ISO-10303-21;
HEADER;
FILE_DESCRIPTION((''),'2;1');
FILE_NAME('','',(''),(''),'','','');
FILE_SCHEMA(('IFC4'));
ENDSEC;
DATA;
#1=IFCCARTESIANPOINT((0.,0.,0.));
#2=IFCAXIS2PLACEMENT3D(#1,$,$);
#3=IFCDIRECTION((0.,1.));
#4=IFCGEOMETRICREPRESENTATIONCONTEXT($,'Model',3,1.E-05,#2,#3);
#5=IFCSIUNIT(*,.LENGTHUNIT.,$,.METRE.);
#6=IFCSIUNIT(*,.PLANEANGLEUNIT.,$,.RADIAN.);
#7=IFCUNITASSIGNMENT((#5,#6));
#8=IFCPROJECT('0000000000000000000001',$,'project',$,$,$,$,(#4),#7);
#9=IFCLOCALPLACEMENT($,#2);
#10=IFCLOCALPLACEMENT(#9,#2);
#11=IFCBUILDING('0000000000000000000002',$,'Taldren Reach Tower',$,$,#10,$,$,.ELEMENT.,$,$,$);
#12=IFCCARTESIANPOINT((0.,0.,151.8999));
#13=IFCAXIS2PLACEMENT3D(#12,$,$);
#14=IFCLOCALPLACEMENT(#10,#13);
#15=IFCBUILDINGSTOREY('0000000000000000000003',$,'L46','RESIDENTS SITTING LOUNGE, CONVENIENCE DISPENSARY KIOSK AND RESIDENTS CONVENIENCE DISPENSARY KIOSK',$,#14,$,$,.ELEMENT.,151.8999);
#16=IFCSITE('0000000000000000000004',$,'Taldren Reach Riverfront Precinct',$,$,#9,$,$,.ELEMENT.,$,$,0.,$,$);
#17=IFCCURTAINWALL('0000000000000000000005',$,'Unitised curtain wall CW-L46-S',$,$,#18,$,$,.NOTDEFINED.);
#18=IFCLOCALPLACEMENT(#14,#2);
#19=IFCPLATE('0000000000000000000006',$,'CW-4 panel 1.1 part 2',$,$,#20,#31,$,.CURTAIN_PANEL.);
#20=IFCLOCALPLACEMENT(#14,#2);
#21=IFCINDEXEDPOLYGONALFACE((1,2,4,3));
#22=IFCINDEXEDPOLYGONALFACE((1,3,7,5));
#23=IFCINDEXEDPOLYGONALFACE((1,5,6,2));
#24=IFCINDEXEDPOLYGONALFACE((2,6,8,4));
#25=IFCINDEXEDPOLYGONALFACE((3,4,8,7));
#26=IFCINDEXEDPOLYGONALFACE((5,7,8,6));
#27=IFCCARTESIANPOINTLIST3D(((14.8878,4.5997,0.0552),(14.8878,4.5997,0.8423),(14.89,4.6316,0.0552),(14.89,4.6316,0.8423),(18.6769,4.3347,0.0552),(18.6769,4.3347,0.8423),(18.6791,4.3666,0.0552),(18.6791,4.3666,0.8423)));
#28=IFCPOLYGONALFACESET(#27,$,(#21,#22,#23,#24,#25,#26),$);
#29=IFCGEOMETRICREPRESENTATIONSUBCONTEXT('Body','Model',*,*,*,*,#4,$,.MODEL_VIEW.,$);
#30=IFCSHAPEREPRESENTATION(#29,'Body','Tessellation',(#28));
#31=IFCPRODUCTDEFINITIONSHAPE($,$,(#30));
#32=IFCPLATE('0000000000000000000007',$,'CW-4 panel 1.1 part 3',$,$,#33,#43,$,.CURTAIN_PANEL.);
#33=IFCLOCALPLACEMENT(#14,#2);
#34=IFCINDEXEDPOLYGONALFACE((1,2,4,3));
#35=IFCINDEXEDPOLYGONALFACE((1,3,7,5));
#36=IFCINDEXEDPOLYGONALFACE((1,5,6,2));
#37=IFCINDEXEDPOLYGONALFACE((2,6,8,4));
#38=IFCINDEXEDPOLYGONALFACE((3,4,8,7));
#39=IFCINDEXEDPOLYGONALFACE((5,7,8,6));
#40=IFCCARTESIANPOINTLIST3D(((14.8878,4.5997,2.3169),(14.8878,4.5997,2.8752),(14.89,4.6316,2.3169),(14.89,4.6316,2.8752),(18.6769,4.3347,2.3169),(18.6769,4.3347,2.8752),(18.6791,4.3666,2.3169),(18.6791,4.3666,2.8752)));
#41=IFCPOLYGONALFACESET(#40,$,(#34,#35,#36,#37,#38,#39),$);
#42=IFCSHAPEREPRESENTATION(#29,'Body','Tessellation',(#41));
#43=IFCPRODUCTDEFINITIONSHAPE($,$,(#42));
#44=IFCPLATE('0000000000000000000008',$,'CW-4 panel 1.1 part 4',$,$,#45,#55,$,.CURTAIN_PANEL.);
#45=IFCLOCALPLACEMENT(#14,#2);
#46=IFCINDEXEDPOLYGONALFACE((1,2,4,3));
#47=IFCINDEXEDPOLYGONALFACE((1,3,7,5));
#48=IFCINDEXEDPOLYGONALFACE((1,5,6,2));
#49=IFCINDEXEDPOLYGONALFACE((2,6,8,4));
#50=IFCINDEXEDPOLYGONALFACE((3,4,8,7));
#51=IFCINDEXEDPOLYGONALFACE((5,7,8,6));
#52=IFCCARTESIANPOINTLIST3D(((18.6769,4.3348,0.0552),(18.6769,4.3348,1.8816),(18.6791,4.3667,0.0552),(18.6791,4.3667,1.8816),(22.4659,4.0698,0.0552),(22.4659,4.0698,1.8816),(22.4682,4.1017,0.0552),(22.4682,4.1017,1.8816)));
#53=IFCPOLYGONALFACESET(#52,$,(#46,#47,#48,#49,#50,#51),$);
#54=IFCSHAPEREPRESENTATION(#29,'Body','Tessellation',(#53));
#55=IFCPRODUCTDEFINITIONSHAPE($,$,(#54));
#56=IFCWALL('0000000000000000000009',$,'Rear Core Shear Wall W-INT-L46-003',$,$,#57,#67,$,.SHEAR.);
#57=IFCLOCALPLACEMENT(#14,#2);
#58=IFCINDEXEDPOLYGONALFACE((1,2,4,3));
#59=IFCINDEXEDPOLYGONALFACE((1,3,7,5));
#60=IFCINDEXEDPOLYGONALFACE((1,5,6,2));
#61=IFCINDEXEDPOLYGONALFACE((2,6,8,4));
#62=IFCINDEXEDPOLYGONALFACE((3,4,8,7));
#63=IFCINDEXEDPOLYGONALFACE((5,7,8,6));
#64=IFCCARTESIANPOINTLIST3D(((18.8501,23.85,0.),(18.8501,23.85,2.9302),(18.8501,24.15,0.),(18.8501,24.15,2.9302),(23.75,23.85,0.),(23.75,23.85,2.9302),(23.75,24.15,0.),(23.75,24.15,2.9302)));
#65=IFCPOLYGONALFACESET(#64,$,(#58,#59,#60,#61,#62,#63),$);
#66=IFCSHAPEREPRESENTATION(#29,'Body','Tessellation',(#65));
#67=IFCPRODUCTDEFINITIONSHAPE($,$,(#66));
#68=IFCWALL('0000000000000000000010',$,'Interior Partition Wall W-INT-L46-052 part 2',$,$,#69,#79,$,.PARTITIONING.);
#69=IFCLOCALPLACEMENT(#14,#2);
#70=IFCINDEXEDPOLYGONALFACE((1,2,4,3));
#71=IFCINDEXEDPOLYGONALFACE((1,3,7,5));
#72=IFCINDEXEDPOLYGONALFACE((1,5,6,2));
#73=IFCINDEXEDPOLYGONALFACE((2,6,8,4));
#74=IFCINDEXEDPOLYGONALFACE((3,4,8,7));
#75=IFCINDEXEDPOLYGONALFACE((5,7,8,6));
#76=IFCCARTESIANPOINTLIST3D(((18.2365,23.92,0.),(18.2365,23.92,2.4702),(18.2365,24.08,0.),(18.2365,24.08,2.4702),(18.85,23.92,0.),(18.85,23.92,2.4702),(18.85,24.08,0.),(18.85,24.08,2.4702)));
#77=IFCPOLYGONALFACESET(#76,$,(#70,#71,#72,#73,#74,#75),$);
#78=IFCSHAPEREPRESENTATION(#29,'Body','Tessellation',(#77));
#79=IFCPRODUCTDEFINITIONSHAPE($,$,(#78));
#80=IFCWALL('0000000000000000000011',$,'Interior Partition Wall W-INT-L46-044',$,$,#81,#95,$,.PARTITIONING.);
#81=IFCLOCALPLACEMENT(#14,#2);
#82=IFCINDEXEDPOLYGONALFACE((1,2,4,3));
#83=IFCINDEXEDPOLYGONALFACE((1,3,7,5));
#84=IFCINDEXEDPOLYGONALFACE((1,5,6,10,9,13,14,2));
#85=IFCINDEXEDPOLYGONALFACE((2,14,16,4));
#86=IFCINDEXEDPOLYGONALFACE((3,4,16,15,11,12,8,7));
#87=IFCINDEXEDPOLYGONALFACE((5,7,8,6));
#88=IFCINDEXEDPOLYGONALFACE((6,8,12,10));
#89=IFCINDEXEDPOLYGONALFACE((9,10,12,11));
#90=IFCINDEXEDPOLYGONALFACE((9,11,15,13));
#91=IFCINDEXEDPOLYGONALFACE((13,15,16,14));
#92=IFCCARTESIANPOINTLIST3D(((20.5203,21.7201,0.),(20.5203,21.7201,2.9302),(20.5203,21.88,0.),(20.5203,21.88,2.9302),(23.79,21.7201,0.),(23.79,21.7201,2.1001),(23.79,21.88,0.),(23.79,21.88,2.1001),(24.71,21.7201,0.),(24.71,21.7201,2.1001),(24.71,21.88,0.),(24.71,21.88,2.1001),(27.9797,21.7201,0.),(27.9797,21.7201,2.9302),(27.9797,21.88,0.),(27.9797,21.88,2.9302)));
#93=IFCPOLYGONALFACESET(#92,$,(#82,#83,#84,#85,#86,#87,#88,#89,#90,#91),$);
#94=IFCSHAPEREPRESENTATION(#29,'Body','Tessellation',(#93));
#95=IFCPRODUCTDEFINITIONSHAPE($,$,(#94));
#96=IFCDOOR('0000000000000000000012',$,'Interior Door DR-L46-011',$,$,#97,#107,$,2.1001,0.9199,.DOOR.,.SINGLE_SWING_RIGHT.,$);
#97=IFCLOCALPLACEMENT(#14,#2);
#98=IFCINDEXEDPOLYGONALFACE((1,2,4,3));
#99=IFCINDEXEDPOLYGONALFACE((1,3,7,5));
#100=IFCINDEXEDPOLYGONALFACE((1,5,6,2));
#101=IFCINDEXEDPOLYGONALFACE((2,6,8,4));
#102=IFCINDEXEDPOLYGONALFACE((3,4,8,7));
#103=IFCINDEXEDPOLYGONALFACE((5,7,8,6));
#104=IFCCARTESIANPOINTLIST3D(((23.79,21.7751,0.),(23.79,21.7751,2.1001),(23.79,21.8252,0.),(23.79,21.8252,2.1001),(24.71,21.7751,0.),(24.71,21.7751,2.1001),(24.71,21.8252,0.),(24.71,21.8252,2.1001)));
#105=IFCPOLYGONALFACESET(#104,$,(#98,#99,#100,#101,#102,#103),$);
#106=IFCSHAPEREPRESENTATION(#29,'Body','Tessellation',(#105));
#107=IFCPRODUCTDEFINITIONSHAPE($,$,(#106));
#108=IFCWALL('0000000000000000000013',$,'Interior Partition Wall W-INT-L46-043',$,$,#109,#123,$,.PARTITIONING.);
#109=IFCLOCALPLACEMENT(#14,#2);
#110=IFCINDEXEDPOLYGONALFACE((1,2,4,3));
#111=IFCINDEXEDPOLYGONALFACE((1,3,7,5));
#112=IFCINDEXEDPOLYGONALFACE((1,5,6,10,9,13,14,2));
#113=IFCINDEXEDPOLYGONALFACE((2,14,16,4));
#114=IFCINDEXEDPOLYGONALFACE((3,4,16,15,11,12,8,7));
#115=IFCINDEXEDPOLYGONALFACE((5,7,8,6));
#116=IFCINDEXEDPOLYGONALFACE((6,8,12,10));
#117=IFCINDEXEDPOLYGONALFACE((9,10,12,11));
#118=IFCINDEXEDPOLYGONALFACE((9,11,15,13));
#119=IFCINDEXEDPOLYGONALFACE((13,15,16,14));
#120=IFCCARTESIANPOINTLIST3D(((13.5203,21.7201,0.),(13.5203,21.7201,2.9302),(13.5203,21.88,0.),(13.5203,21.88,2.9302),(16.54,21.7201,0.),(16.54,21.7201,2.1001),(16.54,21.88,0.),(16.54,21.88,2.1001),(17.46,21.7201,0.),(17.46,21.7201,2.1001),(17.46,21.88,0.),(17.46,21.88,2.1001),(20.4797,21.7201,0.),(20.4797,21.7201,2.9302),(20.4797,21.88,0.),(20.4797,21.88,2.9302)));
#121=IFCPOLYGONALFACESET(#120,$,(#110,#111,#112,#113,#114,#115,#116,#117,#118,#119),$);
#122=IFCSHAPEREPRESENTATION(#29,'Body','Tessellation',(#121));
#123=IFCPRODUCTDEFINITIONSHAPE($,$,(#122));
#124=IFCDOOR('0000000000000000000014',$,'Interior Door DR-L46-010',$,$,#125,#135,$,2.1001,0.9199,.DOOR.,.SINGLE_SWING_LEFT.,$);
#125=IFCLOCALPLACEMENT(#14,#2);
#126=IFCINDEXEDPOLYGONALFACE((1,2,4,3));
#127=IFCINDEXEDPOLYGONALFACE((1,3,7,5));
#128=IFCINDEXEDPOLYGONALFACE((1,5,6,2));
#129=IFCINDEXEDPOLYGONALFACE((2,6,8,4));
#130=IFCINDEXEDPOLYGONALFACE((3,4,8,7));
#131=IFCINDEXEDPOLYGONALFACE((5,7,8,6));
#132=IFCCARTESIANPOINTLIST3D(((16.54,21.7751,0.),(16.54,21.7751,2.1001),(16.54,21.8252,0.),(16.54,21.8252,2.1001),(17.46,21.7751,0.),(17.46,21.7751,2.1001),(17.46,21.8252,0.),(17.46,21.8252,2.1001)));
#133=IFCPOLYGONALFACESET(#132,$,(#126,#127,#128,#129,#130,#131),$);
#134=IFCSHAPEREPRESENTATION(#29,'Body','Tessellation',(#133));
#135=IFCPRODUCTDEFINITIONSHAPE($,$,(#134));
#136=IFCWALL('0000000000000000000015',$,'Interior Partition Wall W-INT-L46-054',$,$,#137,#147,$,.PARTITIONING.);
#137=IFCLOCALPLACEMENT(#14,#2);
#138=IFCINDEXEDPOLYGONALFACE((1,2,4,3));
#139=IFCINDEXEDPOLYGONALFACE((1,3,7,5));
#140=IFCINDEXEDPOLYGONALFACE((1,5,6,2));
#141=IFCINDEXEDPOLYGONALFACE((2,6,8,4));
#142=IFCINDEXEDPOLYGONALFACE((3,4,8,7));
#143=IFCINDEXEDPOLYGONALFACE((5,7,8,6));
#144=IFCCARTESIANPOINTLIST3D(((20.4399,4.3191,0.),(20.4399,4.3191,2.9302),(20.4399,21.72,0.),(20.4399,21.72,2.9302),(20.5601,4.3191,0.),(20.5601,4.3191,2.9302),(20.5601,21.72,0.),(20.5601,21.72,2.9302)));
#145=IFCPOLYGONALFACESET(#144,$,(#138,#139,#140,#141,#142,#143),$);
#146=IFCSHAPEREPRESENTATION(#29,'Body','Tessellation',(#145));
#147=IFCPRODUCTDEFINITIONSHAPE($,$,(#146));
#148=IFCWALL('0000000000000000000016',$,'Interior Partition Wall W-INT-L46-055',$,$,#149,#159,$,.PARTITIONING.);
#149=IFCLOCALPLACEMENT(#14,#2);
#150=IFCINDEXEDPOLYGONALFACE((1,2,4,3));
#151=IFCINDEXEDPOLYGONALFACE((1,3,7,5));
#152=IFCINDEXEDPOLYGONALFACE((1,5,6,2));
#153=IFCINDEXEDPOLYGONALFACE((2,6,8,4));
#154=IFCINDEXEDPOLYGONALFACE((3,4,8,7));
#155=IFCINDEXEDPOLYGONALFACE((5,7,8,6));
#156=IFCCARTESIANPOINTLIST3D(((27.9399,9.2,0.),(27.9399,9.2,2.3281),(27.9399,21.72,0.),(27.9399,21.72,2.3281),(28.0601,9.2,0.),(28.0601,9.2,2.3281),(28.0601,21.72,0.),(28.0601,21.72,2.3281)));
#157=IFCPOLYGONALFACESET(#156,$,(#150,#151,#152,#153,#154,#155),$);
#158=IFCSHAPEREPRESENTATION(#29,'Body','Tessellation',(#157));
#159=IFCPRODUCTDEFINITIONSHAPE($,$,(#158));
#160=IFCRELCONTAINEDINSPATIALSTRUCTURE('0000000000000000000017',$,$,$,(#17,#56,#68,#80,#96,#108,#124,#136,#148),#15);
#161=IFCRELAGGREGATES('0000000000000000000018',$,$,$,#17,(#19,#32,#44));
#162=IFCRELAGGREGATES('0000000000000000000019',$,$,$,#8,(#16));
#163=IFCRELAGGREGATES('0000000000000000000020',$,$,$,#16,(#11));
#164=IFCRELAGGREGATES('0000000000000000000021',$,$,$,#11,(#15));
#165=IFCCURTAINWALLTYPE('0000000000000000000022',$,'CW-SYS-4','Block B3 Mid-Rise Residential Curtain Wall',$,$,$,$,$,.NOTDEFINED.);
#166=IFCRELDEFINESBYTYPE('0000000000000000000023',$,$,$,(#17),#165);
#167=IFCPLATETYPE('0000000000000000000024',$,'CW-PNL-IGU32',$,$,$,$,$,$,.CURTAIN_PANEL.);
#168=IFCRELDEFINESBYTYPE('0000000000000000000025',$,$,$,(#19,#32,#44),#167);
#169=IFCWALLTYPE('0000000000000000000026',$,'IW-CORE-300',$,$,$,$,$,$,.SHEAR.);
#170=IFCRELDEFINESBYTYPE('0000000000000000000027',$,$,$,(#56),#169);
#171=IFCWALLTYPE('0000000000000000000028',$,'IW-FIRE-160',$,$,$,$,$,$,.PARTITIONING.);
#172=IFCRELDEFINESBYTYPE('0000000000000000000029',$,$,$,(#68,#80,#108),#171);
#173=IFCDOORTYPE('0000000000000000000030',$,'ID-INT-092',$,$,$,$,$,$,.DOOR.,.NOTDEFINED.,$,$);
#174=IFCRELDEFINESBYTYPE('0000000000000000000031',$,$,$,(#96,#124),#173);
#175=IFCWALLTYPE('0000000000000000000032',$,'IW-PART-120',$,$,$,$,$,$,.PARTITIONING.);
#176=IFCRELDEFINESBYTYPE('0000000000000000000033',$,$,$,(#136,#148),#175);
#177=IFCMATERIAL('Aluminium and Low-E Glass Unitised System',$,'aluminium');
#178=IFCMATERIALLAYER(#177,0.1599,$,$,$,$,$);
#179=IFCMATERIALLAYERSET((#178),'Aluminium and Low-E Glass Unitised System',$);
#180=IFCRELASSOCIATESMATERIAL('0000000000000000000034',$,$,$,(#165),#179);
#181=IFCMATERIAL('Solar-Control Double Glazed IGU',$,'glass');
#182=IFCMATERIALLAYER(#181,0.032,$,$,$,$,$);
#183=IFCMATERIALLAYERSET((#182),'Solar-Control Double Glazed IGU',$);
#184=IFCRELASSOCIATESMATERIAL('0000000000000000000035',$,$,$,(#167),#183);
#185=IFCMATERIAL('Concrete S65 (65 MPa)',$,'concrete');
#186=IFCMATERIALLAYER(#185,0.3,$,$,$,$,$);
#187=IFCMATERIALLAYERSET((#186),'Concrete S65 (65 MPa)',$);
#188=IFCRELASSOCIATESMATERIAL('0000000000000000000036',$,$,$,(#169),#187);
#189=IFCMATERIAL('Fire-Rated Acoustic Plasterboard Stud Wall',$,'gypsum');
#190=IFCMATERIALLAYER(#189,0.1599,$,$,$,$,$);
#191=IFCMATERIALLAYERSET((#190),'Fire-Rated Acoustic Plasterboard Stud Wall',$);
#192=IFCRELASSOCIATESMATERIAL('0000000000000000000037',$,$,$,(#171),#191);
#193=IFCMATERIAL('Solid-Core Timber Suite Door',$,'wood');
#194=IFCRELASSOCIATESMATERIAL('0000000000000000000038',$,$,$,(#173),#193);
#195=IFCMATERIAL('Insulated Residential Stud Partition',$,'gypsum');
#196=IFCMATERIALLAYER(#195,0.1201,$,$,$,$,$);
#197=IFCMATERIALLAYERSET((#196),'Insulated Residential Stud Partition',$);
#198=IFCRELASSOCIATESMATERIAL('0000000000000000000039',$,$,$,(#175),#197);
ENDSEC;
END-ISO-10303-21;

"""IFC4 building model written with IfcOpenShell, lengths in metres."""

from ifc_helpers import new_model, si_unit, direction, frame, frame_2d, origin, origin_2d, place, context, subcontext, project, spatial, rectangle, extrude, source, transform, mapped, material, layer, layer_set, type_object, element, fill, aggregate, save


model = new_model("IFC4")

# Units and contexts
model_context = context("Model", 3, precision=1e-05, world=origin(), true_north=direction((0.0, 1.0)))
body_context = subcontext(model_context, "Body", "Model", "MODEL_VIEW")
ifc_project = project(units=[si_unit("LENGTHUNIT", "METRE"), si_unit("PLANEANGLEUNIT", "RADIAN")], contexts=[model_context])

# Site, building, storey
site_placement = place(None, origin())
site = spatial("IfcSite", under=ifc_project, at=site_placement, Name="Taldren Reach Riverfront Precinct", CompositionType="ELEMENT", RefElevation=0.0)
building_placement = place(site_placement, origin())
building = spatial("IfcBuilding", under=site, at=building_placement, Name="Taldren Reach Tower", CompositionType="ELEMENT")
storey_placement = place(building_placement, frame((0.0, 0.0, 151.8999)))
storey = spatial("IfcBuildingStorey", under=building, at=storey_placement, Name="L46", Description="RESIDENTS SITTING LOUNGE, CONVENIENCE DISPENSARY KIOSK AND RESIDENTS CONVENIENCE DISPENSARY KIOSK", CompositionType="ELEMENT", Elevation=151.8999)

# Curtain wall, plates
ifc_material_1 = material(Name="Aluminium and Low-E Glass Unitised System", Category="aluminium")
ifc_layer_1 = layer(ifc_material_1, 0.1599)
ifc_layer_set_1 = layer_set([ifc_layer_1], Name="Aluminium and Low-E Glass Unitised System")
curtain_wall_type = type_object("IfcCurtainWallType", Name="CW-SYS-4", Description="Block B3 Mid-Rise Residential Curtain Wall", PredefinedType="NOTDEFINED", material=ifc_layer_set_1)
curtain_wall_placement = place(storey_placement, origin())
curtain_wall = element("IfcCurtainWall", 1, at=curtain_wall_placement, inside=storey, type_object=curtain_wall_type, Name="Unitised curtain wall CW-L46-S", PredefinedType="NOTDEFINED")
ifc_material_2 = material(Name="Solar-Control Double Glazed IGU", Category="glass")
ifc_layer_2 = layer(ifc_material_2, 0.032)
ifc_layer_set_2 = layer_set([ifc_layer_2], Name="Solar-Control Double Glazed IGU")
plate_type = type_object("IfcPlateType", Name="CW-PNL-IGU32", PredefinedType="CURTAIN_PANEL", material=ifc_layer_set_2)
shared_shape_1 = source(origin(), body_context, "Body", "SweptSolid", [
    extrude(rectangle(XDim=3.7983, YDim=0.032, at=origin_2d()), origin(), (0.0, 0.0, 1.0), 0.7871),
])
plate_1_placement = place(storey_placement, frame((16.7834, 4.4832, 0.0552), z_axis=(0.0, 0.0, 1.0), x_axis=(0.997564, -0.069757, 0.0)))
plate_1 = element("IfcPlate", 2, at=plate_1_placement, type_object=plate_type, Name="CW-4 panel 1.1 part 2", PredefinedType="CURTAIN_PANEL", context=body_context, shape_type="MappedRepresentation", body=[
    mapped(shared_shape_1, transform((0.0, 0.0, 0.0), scale=1.0)),
])
shared_shape_2 = source(origin(), body_context, "Body", "SweptSolid", [
    extrude(rectangle(XDim=3.7983, YDim=0.032, at=origin_2d()), origin(), (0.0, 0.0, 1.0), 0.5583),
])
plate_2_placement = place(storey_placement, frame((16.7834, 4.4832, 2.3169), z_axis=(0.0, 0.0, 1.0), x_axis=(0.997564, -0.069757, 0.0)))
plate_2 = element("IfcPlate", 3, at=plate_2_placement, type_object=plate_type, Name="CW-4 panel 1.1 part 3", PredefinedType="CURTAIN_PANEL", context=body_context, shape_type="MappedRepresentation", body=[
    mapped(shared_shape_2, transform((0.0, 0.0, 0.0), scale=1.0)),
])
shared_shape_3 = source(origin(), body_context, "Body", "SweptSolid", [
    extrude(rectangle(XDim=3.7983, YDim=0.032, at=origin_2d()), origin(), (0.0, 0.0, 1.0), 1.8264),
])
plate_3_placement = place(storey_placement, frame((20.5725, 4.2183, 0.0552), z_axis=(0.0, 0.0, 1.0), x_axis=(0.997564, -0.069757, 0.0)))
plate_3 = element("IfcPlate", 4, at=plate_3_placement, type_object=plate_type, Name="CW-4 panel 1.1 part 4", PredefinedType="CURTAIN_PANEL", context=body_context, shape_type="MappedRepresentation", body=[
    mapped(shared_shape_3, transform((0.0, 0.0, 0.0), scale=1.0)),
])
aggregate(curtain_wall, [plate_1, plate_2, plate_3])

# Walls
ifc_material_3 = material(Name="Concrete S65 (65 MPa)", Category="concrete")
ifc_layer_3 = layer(ifc_material_3, 0.3)
ifc_layer_set_3 = layer_set([ifc_layer_3], Name="Concrete S65 (65 MPa)")
wall_type_1 = type_object("IfcWallType", Name="IW-CORE-300", PredefinedType="SHEAR", material=ifc_layer_set_3)
shared_shape_4 = source(origin(), body_context, "Body", "SweptSolid", [
    extrude(rectangle(XDim=4.8999, YDim=0.3, at=frame_2d((2.45, 0.0))), origin(), (0.0, 0.0, 1.0), 2.9302),
])
wall_1_placement = place(storey_placement, frame((18.8501, 24.0, 0.0), z_axis=(0.0, 0.0, 1.0), x_axis=(1.0, 0.0, 0.0)))
element("IfcWall", 5, at=wall_1_placement, inside=storey, type_object=wall_type_1, Name="Rear Core Shear Wall W-INT-L46-003", PredefinedType="SHEAR", context=body_context, shape_type="MappedRepresentation", body=[
    mapped(shared_shape_4, transform((0.0, 0.0, 0.0), scale=1.0)),
])
ifc_material_4 = material(Name="Fire-Rated Acoustic Plasterboard Stud Wall", Category="gypsum")
ifc_layer_4 = layer(ifc_material_4, 0.1599)
ifc_layer_set_4 = layer_set([ifc_layer_4], Name="Fire-Rated Acoustic Plasterboard Stud Wall")
wall_type_2 = type_object("IfcWallType", Name="IW-FIRE-160", PredefinedType="PARTITIONING", material=ifc_layer_set_4)
shared_shape_5 = source(origin(), body_context, "Body", "SweptSolid", [
    extrude(rectangle(XDim=0.6135, YDim=0.1599, at=frame_2d((0.3066, 0.0))), origin(), (0.0, 0.0, 1.0), 2.4702),
])
wall_2_placement = place(storey_placement, frame((18.2366, 24.0, 0.0), z_axis=(0.0, 0.0, 1.0), x_axis=(1.0, 0.0, 0.0)))
element("IfcWall", 6, at=wall_2_placement, inside=storey, type_object=wall_type_2, Name="Interior Partition Wall W-INT-L46-052 part 2", PredefinedType="PARTITIONING", context=body_context, shape_type="MappedRepresentation", body=[
    mapped(shared_shape_5, transform((0.0, 0.0, 0.0), scale=1.0)),
])

# Walls, openings, doors
shared_shape_6 = source(origin(), body_context, "Body", "SweptSolid", [
    extrude(rectangle(XDim=7.4595, YDim=0.1599, at=frame_2d((3.7297, 0.0))), origin(), (0.0, 0.0, 1.0), 2.9302),
])
wall_3_placement = place(storey_placement, frame((27.9797, 21.8, 0.0), z_axis=(0.0, 0.0, 1.0), x_axis=(-1.0, 0.0, 0.0)))
wall_3 = element("IfcWall", 7, at=wall_3_placement, inside=storey, type_object=wall_type_2, Name="Interior Partition Wall W-INT-L46-044", PredefinedType="PARTITIONING", context=body_context, shape_type="MappedRepresentation", body=[
    mapped(shared_shape_6, transform((0.0, 0.0, 0.0), scale=1.0)),
])
shared_shape_7 = source(origin(), body_context, "Body", "SweptSolid", [
    extrude(rectangle(XDim=0.9199, YDim=2.1001, at=frame_2d((0.46, 1.05))), frame((0.0, 0.0898, 0.0), z_axis=(0.0, -1.0, 0.0), x_axis=(1.0, 0.0, 0.0)), (0.0, 0.0, 1.0), 0.1799),
])
opening_1_placement = place(wall_3_placement, frame((3.2698, 0.0, 0.0)))
opening_1 = element("IfcOpeningElement", 8, at=opening_1_placement, cuts=wall_3, PredefinedType="OPENING", context=body_context, shape_type="MappedRepresentation", body=[
    mapped(shared_shape_7, transform((0.0, 0.0, 0.0), scale=1.0)),
])
ifc_material_5 = material(Name="Solid-Core Timber Suite Door", Category="wood")
door_type = type_object("IfcDoorType", Name="ID-INT-092", OperationType="NOTDEFINED", PredefinedType="DOOR", material=ifc_material_5)
shared_shape_8 = source(origin(), body_context, "Body", "SweptSolid", [
    extrude(rectangle(XDim=0.9199, YDim=2.1001, at=frame_2d((0.46, 1.05))), frame((0.0, 0.0249, 0.0), z_axis=(0.0, -1.0, 0.0), x_axis=(1.0, 0.0, 0.0)), (0.0, 0.0, 1.0), 0.05),
])
door_1_placement = place(opening_1_placement, origin())
door_1 = element("IfcDoor", 9, at=door_1_placement, inside=storey, type_object=door_type, Name="Interior Door DR-L46-011", OperationType="SINGLE_SWING_RIGHT", OverallHeight=2.1001, OverallWidth=0.9199, PredefinedType="DOOR", context=body_context, shape_type="MappedRepresentation", body=[
    mapped(shared_shape_8, transform((0.0, 0.0, 0.0), scale=1.0)),
])
fill(opening_1, door_1)
shared_shape_9 = source(origin(), body_context, "Body", "SweptSolid", [
    extrude(rectangle(XDim=6.9595, YDim=0.1599, at=frame_2d((3.4797, 0.0))), origin(), (0.0, 0.0, 1.0), 2.9302),
])
wall_4_placement = place(storey_placement, frame((20.4797, 21.8, 0.0), z_axis=(0.0, 0.0, 1.0), x_axis=(-1.0, 0.0, 0.0)))
wall_4 = element("IfcWall", 10, at=wall_4_placement, inside=storey, type_object=wall_type_2, Name="Interior Partition Wall W-INT-L46-043", PredefinedType="PARTITIONING", context=body_context, shape_type="MappedRepresentation", body=[
    mapped(shared_shape_9, transform((0.0, 0.0, 0.0), scale=1.0)),
])
opening_2_placement = place(wall_4_placement, frame((3.0198, 0.0, 0.0)))
opening_2 = element("IfcOpeningElement", 11, at=opening_2_placement, cuts=wall_4, PredefinedType="OPENING", context=body_context, shape_type="MappedRepresentation", body=[
    mapped(shared_shape_7, transform((0.0, 0.0, 0.0), scale=1.0)),
])
door_2_placement = place(opening_2_placement, origin())
door_2 = element("IfcDoor", 12, at=door_2_placement, inside=storey, type_object=door_type, Name="Interior Door DR-L46-010", OperationType="SINGLE_SWING_LEFT", OverallHeight=2.1001, OverallWidth=0.9199, PredefinedType="DOOR", context=body_context, shape_type="MappedRepresentation", body=[
    mapped(shared_shape_8, transform((0.0, 0.0, 0.0), scale=1.0)),
])
fill(opening_2, door_2)

# Walls
ifc_material_6 = material(Name="Insulated Residential Stud Partition", Category="gypsum")
ifc_layer_5 = layer(ifc_material_6, 0.1201)
ifc_layer_set_5 = layer_set([ifc_layer_5], Name="Insulated Residential Stud Partition")
wall_type_3 = type_object("IfcWallType", Name="IW-PART-120", PredefinedType="PARTITIONING", material=ifc_layer_set_5)
shared_shape_10 = source(origin(), body_context, "Body", "SweptSolid", [
    extrude(rectangle(XDim=17.4009, YDim=0.1201, at=frame_2d((8.7004, 0.0))), origin(), (0.0, 0.0, 1.0), 2.9302),
])
wall_5_placement = place(storey_placement, frame((20.5, 21.72, 0.0), z_axis=(0.0, 0.0, 1.0), x_axis=(0.0, -1.0, 0.0)))
element("IfcWall", 13, at=wall_5_placement, inside=storey, type_object=wall_type_3, Name="Interior Partition Wall W-INT-L46-054", PredefinedType="PARTITIONING", context=body_context, shape_type="MappedRepresentation", body=[
    mapped(shared_shape_10, transform((0.0, 0.0, 0.0), scale=1.0)),
])
shared_shape_11 = source(origin(), body_context, "Body", "SweptSolid", [
    extrude(rectangle(XDim=12.52, YDim=0.1201, at=frame_2d((6.26, 0.0))), origin(), (0.0, 0.0, 1.0), 2.3281),
])
wall_6_placement = place(storey_placement, frame((28.0, 21.72, 0.0), z_axis=(0.0, 0.0, 1.0), x_axis=(0.0, -1.0, 0.0)))
element("IfcWall", 14, at=wall_6_placement, inside=storey, type_object=wall_type_3, Name="Interior Partition Wall W-INT-L46-055", PredefinedType="PARTITIONING", context=body_context, shape_type="MappedRepresentation", body=[
    mapped(shared_shape_11, transform((0.0, 0.0, 0.0), scale=1.0)),
])

save(model, "model.ifc")
